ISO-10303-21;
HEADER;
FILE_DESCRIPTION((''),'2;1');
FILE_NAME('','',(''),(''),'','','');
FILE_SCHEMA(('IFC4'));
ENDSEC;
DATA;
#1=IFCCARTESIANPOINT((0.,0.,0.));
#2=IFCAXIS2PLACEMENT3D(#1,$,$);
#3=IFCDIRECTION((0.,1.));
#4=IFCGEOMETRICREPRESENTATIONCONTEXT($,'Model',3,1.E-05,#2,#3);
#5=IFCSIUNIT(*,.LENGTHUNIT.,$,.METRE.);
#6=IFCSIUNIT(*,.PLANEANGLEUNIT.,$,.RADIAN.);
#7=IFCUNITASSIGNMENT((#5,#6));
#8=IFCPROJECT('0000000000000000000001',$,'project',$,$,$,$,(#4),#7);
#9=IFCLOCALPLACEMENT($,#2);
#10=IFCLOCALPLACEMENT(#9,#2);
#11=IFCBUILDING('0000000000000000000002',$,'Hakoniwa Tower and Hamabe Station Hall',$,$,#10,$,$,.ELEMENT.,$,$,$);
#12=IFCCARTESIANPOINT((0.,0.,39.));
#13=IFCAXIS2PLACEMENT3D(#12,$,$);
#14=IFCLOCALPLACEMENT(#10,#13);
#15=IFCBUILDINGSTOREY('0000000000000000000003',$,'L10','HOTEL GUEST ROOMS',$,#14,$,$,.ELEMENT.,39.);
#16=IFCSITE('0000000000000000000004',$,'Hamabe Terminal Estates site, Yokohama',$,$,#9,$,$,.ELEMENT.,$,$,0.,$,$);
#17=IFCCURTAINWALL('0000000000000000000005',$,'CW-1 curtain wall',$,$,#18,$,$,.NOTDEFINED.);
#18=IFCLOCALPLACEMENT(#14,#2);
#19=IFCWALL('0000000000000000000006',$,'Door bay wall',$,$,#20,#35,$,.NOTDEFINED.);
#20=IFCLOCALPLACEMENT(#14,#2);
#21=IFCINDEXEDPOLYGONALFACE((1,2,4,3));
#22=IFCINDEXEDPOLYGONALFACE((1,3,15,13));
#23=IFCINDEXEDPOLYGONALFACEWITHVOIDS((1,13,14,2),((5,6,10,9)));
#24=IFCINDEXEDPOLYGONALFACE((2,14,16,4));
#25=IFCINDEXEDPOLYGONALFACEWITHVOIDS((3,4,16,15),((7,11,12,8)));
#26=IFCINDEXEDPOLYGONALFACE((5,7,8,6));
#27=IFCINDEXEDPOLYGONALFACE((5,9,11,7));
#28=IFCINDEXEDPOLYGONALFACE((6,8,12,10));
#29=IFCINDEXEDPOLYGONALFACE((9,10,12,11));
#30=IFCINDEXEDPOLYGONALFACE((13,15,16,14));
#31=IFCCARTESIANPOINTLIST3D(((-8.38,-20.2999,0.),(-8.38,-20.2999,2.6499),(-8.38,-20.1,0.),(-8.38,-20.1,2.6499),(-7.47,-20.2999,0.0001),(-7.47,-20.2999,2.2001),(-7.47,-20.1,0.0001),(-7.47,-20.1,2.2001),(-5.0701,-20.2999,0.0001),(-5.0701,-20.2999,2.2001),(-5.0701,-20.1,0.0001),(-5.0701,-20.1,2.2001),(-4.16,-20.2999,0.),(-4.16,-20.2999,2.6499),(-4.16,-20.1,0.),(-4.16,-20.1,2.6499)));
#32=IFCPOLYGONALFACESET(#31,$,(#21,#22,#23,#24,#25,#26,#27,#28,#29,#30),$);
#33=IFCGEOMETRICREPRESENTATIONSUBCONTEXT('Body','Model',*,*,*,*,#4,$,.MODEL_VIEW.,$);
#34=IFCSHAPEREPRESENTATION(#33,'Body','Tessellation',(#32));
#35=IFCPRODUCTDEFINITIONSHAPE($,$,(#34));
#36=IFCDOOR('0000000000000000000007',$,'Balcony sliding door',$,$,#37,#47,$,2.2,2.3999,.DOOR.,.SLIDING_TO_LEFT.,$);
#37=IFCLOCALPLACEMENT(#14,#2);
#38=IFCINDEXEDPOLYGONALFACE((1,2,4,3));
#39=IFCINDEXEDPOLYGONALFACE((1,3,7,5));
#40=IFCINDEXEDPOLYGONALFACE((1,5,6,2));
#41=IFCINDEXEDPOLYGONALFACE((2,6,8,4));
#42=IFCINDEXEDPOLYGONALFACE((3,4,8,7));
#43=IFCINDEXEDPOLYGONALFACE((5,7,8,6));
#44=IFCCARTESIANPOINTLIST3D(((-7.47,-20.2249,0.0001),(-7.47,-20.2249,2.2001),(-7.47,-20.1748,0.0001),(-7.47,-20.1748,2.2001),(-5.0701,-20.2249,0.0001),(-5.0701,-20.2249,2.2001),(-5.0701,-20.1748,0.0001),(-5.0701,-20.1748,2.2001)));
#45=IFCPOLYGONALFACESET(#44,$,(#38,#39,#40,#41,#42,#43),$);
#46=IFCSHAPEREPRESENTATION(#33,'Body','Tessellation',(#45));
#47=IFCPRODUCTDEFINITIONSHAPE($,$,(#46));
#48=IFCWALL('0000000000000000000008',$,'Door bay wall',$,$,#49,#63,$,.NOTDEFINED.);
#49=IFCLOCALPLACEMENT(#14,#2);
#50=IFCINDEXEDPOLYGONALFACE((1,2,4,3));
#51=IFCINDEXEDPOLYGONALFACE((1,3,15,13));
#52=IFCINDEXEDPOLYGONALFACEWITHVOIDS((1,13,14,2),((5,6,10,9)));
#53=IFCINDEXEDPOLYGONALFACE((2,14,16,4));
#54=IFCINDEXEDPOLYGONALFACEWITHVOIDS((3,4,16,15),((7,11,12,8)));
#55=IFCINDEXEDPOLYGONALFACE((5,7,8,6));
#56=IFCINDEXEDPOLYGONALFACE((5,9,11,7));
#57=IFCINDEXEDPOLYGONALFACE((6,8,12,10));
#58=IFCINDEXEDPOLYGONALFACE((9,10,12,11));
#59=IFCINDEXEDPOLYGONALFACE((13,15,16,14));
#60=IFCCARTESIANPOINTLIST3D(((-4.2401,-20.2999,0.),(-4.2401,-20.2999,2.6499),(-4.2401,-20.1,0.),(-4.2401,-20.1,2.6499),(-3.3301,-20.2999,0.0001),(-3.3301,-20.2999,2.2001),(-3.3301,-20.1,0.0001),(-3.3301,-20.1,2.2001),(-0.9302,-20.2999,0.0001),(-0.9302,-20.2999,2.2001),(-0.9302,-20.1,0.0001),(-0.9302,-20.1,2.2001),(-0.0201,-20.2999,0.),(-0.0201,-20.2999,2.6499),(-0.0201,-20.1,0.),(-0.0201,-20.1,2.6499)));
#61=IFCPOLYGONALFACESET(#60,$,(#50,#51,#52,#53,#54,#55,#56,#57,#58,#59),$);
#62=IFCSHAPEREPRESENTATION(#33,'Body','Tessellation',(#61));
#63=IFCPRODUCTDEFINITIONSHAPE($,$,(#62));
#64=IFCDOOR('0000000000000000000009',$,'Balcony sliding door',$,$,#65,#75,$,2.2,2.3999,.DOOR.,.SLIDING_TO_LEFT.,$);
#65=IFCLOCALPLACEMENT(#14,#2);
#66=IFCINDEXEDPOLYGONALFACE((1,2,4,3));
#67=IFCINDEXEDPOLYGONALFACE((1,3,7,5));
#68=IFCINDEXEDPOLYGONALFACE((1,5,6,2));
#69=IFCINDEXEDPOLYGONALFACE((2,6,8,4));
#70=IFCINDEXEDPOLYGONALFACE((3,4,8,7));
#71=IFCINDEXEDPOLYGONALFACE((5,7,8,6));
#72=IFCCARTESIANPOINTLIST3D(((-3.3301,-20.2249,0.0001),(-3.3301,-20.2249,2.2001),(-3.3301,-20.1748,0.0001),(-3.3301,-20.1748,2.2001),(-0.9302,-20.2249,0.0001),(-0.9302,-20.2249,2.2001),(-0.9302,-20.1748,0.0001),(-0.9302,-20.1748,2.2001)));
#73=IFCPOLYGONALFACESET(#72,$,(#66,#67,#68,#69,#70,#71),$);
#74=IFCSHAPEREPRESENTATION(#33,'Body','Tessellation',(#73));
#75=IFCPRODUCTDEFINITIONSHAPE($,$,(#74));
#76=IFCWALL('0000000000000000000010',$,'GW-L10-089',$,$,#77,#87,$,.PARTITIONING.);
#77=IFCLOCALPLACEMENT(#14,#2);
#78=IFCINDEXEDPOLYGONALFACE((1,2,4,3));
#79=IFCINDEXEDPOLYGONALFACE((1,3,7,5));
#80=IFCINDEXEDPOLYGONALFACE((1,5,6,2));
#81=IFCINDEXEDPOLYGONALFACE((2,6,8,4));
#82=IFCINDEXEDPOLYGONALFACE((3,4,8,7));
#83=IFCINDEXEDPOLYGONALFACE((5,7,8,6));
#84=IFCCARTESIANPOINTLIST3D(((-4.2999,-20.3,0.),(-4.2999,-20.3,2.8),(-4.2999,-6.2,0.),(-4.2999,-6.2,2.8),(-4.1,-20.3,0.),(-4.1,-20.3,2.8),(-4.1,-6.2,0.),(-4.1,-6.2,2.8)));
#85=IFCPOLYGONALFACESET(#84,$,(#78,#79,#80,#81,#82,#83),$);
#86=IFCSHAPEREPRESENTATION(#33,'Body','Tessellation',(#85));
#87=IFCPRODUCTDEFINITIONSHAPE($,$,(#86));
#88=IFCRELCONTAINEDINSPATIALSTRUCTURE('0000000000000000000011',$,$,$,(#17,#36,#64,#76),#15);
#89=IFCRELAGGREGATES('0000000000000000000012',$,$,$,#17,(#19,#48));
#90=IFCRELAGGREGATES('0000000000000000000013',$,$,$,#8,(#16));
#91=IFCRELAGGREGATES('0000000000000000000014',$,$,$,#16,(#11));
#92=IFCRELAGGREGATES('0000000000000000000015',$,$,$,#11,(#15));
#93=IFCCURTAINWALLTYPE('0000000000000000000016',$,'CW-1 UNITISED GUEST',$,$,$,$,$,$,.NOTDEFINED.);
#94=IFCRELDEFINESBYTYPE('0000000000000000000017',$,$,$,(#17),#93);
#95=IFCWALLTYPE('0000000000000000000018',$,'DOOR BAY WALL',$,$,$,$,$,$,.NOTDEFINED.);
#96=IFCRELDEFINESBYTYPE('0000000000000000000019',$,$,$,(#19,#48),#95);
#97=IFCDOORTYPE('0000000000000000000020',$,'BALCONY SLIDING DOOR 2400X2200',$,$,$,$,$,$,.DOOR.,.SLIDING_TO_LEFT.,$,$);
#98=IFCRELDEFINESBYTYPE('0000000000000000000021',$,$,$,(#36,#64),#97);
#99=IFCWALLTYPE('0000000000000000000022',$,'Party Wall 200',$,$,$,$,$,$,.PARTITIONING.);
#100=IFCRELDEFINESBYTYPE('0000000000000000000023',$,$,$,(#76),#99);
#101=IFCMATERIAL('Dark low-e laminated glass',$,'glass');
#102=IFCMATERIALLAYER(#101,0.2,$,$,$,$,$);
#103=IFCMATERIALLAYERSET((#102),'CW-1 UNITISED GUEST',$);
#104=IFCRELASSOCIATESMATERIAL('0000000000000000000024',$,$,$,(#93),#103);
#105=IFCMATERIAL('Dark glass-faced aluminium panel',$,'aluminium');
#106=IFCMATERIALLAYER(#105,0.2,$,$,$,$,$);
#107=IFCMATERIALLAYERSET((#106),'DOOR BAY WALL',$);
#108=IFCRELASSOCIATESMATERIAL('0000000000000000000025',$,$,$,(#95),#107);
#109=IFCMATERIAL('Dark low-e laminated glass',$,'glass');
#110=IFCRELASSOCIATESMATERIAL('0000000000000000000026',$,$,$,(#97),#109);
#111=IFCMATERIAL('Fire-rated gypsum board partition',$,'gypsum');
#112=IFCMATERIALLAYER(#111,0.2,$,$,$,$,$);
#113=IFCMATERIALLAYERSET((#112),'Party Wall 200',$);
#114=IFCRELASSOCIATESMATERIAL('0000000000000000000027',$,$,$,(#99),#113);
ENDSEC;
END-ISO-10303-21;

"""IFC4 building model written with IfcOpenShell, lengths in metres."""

from ifc_helpers import new_model, si_unit, direction, frame, frame_2d, origin, place, context, subcontext, project, spatial, rectangle, extrude, material, layer, layer_set, type_object, element, fill, aggregate, save


model = new_model("IFC4")

# Units and contexts
model_context = context("Model", 3, precision=1e-05, world=origin(), true_north=direction((0.0, 1.0)))
body_context = subcontext(model_context, "Body", "Model", "MODEL_VIEW")
ifc_project = project(units=[si_unit("LENGTHUNIT", "METRE"), si_unit("PLANEANGLEUNIT", "RADIAN")], contexts=[model_context])

# Site, building, storey
site_placement = place(None, origin())
site = spatial("IfcSite", under=ifc_project, at=site_placement, Name="Hamabe Terminal Estates site, Yokohama", CompositionType="ELEMENT", RefElevation=0.0)
building_placement = place(site_placement, origin())
building = spatial("IfcBuilding", under=site, at=building_placement, Name="Hakoniwa Tower and Hamabe Station Hall", CompositionType="ELEMENT")
storey_placement = place(building_placement, frame((0.0, 0.0, 39.0)))
storey = spatial("IfcBuildingStorey", under=building, at=storey_placement, Name="L10", Description="HOTEL GUEST ROOMS", CompositionType="ELEMENT", Elevation=39.0)

# Curtain wall
ifc_material_1 = material(Name="Dark low-e laminated glass", Category="glass")
ifc_layer_1 = layer(ifc_material_1, 0.2)
ifc_layer_set_1 = layer_set([ifc_layer_1], Name="CW-1 UNITISED GUEST")
curtain_wall_type = type_object("IfcCurtainWallType", Name="CW-1 UNITISED GUEST", PredefinedType="NOTDEFINED", material=ifc_layer_set_1)
curtain_wall_placement = place(storey_placement, origin())
curtain_wall = element("IfcCurtainWall", 1, at=curtain_wall_placement, inside=storey, type_object=curtain_wall_type, Name="CW-1 curtain wall", PredefinedType="NOTDEFINED")

# Walls, openings, doors
ifc_material_2 = material(Name="Dark glass-faced aluminium panel", Category="aluminium")
ifc_layer_2 = layer(ifc_material_2, 0.2)
ifc_layer_set_2 = layer_set([ifc_layer_2], Name="DOOR BAY WALL")
wall_type_1 = type_object("IfcWallType", Name="DOOR BAY WALL", PredefinedType="NOTDEFINED", material=ifc_layer_set_2)
wall_1_placement = place(storey_placement, frame((-8.3799, -20.2, 0.0), z_axis=(0.0, 0.0, 1.0), x_axis=(1.0, 0.0, 0.0)))
wall_1 = element("IfcWall", 2, at=wall_1_placement, type_object=wall_type_1, Name="Door bay wall", PredefinedType="NOTDEFINED", context=body_context, shape_type="SweptSolid", body=[
    extrude(rectangle(XDim=4.22, YDim=0.2, at=frame_2d((2.1099, 0.0))), origin(), (0.0, 0.0, 1.0), 2.6499),
])
opening_1_placement = place(wall_1_placement, frame((0.9099, 0.0, 0.0)))
opening_1 = element("IfcOpeningElement", 3, at=opening_1_placement, cuts=wall_1, PredefinedType="OPENING", context=body_context, shape_type="SweptSolid", body=[
    extrude(rectangle(XDim=2.3999, YDim=2.2, at=frame_2d((1.2, 1.1001))), frame((0.0, 0.1099, 0.0), z_axis=(0.0, -1.0, 0.0), x_axis=(1.0, 0.0, 0.0)), (0.0, 0.0, 1.0), 0.22),
])
ifc_material_3 = material(Name="Dark low-e laminated glass", Category="glass")
door_type_1 = type_object("IfcDoorType", Name="BALCONY SLIDING DOOR 2400X2200", OperationType="SLIDING_TO_LEFT", PredefinedType="DOOR", material=ifc_material_3)
door_1_placement = place(opening_1_placement, frame((2.3999, 0.0, 0.0), z_axis=(0.0, 0.0, 1.0), x_axis=(-1.0, 0.0, 0.0)))
door_1 = element("IfcDoor", 4, at=door_1_placement, inside=storey, type_object=door_type_1, Name="Balcony sliding door", OperationType="SLIDING_TO_LEFT", OverallHeight=2.2, OverallWidth=2.3999, PredefinedType="DOOR", context=body_context, shape_type="SweptSolid", body=[
    extrude(rectangle(XDim=2.3999, YDim=2.2, at=frame_2d((1.2, 1.1001))), frame((0.0, 0.0249, 0.0), z_axis=(0.0, -1.0, 0.0), x_axis=(1.0, 0.0, 0.0)), (0.0, 0.0, 1.0), 0.05),
])
fill(opening_1, door_1)
wall_2_placement = place(storey_placement, frame((-4.24, -20.2, 0.0), z_axis=(0.0, 0.0, 1.0), x_axis=(1.0, 0.0, 0.0)))
wall_2 = element("IfcWall", 5, at=wall_2_placement, type_object=wall_type_1, Name="Door bay wall", PredefinedType="NOTDEFINED", context=body_context, shape_type="SweptSolid", body=[
    extrude(rectangle(XDim=4.22, YDim=0.2, at=frame_2d((2.1099, 0.0))), origin(), (0.0, 0.0, 1.0), 2.6499),
])
opening_2_placement = place(wall_2_placement, frame((0.9099, 0.0, 0.0)))
opening_2 = element("IfcOpeningElement", 6, at=opening_2_placement, cuts=wall_2, PredefinedType="OPENING", context=body_context, shape_type="SweptSolid", body=[
    extrude(rectangle(XDim=2.3999, YDim=2.2, at=frame_2d((1.2, 1.1001))), frame((0.0, 0.1099, 0.0), z_axis=(0.0, -1.0, 0.0), x_axis=(1.0, 0.0, 0.0)), (0.0, 0.0, 1.0), 0.22),
])
door_2_placement = place(opening_2_placement, frame((2.3999, 0.0, 0.0), z_axis=(0.0, 0.0, 1.0), x_axis=(-1.0, 0.0, 0.0)))
door_2 = element("IfcDoor", 7, at=door_2_placement, inside=storey, type_object=door_type_1, Name="Balcony sliding door", OperationType="SLIDING_TO_LEFT", OverallHeight=2.2, OverallWidth=2.3999, PredefinedType="DOOR", context=body_context, shape_type="SweptSolid", body=[
    extrude(rectangle(XDim=2.3999, YDim=2.2, at=frame_2d((1.2, 1.1001))), frame((0.0, 0.0249, 0.0), z_axis=(0.0, -1.0, 0.0), x_axis=(1.0, 0.0, 0.0)), (0.0, 0.0, 1.0), 0.05),
])
fill(opening_2, door_2)
aggregate(curtain_wall, [wall_1, wall_2])

# Wall
ifc_material_4 = material(Name="Fire-rated gypsum board partition", Category="gypsum")
ifc_layer_3 = layer(ifc_material_4, 0.2)
ifc_layer_set_3 = layer_set([ifc_layer_3], Name="Party Wall 200")
wall_type_2 = type_object("IfcWallType", Name="Party Wall 200", PredefinedType="PARTITIONING", material=ifc_layer_set_3)
wall_3_placement = place(storey_placement, frame((-4.2, -20.3, 0.0), z_axis=(0.0, 0.0, 1.0), x_axis=(0.0, 1.0, 0.0)))
element("IfcWall", 8, at=wall_3_placement, inside=storey, type_object=wall_type_2, Name="GW-L10-089", PredefinedType="PARTITIONING", context=body_context, shape_type="SweptSolid", body=[
    extrude(rectangle(XDim=14.1001, YDim=0.2, at=frame_2d((7.05, 0.0))), origin(), (0.0, 0.0, 1.0), 2.8),
])

save(model, "model.ifc")
